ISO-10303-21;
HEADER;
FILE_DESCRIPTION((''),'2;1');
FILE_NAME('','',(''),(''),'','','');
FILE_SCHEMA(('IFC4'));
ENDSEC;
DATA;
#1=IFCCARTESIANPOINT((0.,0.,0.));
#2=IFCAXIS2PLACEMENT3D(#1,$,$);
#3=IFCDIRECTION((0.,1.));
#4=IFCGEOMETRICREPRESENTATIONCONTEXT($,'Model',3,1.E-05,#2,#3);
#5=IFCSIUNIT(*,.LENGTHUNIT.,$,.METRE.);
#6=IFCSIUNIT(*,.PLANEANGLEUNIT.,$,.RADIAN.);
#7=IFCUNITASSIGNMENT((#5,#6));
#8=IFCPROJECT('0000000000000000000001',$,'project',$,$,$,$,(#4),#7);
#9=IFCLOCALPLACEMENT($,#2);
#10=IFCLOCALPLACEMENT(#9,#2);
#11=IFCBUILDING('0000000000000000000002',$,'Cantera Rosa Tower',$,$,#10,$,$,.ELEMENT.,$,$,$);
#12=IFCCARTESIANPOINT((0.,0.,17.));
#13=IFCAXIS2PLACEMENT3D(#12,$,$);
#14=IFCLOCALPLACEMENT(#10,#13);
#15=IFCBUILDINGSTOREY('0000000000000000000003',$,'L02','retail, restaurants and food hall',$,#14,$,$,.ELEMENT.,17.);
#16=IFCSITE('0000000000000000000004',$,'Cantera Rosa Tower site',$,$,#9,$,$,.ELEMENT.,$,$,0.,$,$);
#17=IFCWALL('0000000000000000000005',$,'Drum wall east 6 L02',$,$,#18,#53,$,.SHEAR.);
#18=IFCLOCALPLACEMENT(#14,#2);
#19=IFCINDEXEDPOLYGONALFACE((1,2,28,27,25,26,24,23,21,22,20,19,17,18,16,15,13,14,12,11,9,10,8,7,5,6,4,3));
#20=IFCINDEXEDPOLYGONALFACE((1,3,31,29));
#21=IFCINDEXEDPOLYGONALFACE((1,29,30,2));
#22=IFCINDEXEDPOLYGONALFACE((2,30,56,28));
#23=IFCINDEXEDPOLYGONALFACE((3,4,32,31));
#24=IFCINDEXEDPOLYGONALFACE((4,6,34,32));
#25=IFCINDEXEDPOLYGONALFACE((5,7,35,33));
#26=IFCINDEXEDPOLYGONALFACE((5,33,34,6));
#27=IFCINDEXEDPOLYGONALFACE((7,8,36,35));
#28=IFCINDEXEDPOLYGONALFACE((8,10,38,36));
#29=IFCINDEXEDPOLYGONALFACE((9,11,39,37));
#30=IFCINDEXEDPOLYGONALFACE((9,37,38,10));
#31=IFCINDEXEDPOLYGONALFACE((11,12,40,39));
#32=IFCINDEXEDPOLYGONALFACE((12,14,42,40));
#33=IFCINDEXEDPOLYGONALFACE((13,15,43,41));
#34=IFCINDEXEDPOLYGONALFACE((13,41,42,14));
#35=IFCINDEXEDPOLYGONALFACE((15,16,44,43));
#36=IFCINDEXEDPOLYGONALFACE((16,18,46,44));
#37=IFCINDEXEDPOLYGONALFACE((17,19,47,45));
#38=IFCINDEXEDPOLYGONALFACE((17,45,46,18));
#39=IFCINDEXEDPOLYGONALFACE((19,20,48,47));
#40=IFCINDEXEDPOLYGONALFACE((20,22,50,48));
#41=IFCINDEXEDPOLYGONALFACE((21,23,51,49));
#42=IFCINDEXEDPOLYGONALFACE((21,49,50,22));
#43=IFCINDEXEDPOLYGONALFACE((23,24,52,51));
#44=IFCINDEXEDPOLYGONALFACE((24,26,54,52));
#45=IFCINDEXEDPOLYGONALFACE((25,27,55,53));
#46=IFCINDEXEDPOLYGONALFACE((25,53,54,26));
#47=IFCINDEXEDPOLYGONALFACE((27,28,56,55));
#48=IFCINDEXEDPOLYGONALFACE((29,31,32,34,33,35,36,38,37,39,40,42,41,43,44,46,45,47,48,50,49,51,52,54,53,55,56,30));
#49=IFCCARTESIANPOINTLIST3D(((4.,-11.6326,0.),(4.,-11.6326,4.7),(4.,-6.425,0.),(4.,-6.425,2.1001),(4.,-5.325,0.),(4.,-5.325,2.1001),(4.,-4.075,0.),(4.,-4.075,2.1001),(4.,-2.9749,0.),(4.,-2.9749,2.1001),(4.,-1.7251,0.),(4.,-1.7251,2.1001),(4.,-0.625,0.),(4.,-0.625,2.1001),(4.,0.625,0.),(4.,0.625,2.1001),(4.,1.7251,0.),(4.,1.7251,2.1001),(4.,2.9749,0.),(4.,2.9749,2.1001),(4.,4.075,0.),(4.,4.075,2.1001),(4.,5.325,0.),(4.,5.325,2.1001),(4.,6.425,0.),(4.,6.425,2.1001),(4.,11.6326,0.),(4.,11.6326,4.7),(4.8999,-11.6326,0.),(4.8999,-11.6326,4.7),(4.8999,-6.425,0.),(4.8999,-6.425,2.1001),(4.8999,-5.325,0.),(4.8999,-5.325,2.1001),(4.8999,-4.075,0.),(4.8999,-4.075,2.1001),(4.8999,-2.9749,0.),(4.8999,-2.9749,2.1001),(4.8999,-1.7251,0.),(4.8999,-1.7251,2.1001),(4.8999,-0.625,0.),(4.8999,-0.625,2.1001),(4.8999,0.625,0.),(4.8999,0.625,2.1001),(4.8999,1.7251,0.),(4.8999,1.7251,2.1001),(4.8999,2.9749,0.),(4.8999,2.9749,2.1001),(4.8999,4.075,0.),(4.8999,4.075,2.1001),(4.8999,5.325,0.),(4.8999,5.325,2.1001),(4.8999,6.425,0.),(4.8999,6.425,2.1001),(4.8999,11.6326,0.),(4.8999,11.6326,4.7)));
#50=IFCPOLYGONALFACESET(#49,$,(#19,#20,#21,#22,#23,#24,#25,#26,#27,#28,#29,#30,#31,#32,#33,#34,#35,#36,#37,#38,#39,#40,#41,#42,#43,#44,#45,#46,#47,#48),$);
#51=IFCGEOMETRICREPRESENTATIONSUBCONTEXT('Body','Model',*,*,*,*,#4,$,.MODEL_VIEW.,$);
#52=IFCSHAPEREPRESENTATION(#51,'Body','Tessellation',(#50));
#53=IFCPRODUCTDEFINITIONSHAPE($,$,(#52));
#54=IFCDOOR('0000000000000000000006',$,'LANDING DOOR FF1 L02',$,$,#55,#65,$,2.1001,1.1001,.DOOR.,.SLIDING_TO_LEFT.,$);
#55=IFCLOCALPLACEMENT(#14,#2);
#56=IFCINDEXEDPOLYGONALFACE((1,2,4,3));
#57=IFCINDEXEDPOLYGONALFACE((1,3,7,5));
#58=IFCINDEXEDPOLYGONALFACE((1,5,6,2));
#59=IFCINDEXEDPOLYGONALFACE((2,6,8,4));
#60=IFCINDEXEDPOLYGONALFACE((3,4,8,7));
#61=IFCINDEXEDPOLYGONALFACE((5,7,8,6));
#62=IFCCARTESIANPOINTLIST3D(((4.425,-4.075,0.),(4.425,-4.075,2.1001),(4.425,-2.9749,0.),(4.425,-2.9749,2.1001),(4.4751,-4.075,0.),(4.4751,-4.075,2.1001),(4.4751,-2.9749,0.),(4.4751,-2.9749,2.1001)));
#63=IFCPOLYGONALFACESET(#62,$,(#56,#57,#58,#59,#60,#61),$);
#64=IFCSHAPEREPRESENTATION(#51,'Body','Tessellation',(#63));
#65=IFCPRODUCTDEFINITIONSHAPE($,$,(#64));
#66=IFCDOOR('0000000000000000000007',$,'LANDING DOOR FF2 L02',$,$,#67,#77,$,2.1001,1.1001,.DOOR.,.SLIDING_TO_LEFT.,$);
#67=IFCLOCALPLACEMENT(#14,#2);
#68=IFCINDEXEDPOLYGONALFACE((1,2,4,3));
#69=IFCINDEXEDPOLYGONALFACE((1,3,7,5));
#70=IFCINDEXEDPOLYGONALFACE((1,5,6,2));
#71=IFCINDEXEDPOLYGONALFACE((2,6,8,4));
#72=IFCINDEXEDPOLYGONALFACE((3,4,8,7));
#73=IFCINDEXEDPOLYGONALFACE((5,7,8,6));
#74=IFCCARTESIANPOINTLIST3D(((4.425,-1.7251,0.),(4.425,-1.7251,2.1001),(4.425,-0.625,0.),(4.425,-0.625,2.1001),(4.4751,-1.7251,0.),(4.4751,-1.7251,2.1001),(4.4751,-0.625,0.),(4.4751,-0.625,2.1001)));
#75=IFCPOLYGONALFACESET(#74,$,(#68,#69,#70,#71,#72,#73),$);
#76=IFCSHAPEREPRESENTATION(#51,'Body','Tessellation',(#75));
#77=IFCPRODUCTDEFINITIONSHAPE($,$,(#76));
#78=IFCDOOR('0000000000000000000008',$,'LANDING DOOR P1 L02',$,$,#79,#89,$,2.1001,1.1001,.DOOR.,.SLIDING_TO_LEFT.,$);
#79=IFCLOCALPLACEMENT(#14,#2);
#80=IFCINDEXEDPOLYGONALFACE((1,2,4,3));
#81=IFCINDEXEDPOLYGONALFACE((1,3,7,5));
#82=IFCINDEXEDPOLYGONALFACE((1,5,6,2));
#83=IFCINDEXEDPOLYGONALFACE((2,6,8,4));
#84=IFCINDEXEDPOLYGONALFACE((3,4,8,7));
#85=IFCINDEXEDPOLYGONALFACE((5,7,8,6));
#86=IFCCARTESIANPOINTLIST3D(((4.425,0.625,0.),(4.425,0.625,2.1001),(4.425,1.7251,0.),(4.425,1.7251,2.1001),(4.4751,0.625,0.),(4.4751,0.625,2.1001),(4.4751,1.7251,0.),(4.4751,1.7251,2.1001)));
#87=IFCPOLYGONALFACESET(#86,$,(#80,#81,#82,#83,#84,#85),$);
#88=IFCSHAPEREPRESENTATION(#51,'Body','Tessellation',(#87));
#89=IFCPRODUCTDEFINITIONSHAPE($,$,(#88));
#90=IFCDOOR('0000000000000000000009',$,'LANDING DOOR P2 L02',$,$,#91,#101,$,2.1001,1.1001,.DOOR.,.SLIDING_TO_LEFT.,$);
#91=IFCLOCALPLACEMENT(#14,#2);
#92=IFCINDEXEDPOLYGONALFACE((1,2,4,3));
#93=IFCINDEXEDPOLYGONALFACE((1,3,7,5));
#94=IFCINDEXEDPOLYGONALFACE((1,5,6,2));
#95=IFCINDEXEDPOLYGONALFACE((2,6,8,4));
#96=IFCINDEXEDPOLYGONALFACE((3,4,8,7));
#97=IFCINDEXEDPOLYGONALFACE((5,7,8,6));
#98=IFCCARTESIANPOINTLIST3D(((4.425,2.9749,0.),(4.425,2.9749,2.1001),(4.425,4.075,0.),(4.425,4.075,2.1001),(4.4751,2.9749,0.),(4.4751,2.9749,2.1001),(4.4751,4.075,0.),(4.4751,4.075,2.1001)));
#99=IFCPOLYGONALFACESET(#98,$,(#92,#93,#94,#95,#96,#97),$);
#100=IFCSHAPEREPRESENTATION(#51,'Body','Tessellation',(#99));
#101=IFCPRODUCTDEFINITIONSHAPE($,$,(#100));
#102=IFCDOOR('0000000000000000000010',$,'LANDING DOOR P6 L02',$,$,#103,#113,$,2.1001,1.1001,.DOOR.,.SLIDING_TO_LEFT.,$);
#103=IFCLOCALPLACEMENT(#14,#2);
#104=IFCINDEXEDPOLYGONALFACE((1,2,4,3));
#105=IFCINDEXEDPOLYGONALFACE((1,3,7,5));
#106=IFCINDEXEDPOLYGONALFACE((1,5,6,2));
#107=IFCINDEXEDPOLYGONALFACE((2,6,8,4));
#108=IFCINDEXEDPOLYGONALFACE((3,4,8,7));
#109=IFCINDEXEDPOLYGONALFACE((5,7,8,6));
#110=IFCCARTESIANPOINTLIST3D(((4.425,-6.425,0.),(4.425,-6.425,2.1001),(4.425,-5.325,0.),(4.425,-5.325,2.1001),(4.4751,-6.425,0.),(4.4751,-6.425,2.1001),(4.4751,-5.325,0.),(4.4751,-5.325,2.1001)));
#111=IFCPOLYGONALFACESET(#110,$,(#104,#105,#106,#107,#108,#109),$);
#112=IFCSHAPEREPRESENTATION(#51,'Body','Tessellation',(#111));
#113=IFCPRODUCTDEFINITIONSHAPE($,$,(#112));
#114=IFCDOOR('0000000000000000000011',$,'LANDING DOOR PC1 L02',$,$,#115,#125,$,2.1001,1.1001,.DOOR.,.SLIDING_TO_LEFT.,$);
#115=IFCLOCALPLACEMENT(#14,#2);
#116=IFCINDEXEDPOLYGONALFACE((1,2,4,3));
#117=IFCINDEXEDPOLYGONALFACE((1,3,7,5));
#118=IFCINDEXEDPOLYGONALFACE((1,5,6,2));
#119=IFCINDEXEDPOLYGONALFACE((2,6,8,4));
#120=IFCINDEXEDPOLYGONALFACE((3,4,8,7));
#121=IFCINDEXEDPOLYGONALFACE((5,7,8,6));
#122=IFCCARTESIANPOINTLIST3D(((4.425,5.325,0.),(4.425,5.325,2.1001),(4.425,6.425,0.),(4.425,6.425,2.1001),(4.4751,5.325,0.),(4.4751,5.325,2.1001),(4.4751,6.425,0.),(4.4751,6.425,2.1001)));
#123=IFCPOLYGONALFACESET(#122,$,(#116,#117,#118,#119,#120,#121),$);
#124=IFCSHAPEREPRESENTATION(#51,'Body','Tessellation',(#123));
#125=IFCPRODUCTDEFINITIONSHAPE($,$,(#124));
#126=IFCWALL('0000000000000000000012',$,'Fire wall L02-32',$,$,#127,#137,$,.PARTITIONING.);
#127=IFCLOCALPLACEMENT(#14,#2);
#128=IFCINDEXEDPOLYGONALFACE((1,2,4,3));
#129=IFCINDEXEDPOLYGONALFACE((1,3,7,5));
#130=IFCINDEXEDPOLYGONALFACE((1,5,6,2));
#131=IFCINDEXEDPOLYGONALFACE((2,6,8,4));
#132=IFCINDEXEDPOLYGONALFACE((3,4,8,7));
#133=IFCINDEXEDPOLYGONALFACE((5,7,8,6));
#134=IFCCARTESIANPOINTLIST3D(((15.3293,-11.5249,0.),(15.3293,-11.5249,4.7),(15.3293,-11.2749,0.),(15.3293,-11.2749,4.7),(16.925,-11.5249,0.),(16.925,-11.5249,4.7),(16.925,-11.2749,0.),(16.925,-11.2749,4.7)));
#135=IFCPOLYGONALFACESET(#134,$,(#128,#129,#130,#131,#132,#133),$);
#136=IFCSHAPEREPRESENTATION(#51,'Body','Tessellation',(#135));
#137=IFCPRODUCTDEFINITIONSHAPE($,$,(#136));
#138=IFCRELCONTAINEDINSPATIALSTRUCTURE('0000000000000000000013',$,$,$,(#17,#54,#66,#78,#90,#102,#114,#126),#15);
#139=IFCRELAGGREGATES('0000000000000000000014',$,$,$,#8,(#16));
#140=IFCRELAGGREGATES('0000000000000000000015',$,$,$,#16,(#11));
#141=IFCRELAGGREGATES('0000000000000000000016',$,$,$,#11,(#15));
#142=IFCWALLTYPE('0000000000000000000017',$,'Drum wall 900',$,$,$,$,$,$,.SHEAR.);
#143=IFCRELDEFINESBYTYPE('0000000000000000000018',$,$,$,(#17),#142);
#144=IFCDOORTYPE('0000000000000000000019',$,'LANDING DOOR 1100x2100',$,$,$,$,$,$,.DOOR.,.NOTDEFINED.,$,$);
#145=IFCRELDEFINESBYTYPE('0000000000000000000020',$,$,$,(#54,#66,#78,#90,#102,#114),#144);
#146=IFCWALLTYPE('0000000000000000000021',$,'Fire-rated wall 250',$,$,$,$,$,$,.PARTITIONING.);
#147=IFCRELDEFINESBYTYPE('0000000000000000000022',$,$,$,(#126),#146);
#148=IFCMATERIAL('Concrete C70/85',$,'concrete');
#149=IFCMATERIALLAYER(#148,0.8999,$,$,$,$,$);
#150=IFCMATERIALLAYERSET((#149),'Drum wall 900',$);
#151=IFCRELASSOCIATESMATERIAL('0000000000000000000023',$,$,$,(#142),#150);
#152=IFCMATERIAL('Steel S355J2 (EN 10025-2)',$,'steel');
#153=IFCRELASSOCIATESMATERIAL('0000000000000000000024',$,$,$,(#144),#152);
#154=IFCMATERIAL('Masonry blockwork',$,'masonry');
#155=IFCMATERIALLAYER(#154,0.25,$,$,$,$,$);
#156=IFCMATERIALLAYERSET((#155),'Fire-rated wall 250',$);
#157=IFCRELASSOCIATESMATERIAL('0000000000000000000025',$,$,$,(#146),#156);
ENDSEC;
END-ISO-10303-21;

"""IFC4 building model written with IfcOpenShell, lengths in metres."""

from ifc_helpers import new_model, si_unit, direction, frame, frame_2d, origin, place, context, subcontext, project, spatial, rectangle, extrude, material, layer, layer_set, type_object, element, fill, save


model = new_model("IFC4")

# Units and contexts
model_context = context("Model", 3, precision=1e-05, world=origin(), true_north=direction((0.0, 1.0)))
body_context = subcontext(model_context, "Body", "Model", "MODEL_VIEW")
ifc_project = project(units=[si_unit("LENGTHUNIT", "METRE"), si_unit("PLANEANGLEUNIT", "RADIAN")], contexts=[model_context])

# Site, building, storey
site_placement = place(None, origin())
site = spatial("IfcSite", under=ifc_project, at=site_placement, Name="Cantera Rosa Tower site", CompositionType="ELEMENT", RefElevation=0.0)
building_placement = place(site_placement, origin())
building = spatial("IfcBuilding", under=site, at=building_placement, Name="Cantera Rosa Tower", CompositionType="ELEMENT")
storey_placement = place(building_placement, frame((0.0, 0.0, 17.0)))
storey = spatial("IfcBuildingStorey", under=building, at=storey_placement, Name="L02", Description="retail, restaurants and food hall", CompositionType="ELEMENT", Elevation=17.0)

# Wall, openings, doors
ifc_material_1 = material(Name="Concrete C70/85", Category="concrete")
ifc_layer_1 = layer(ifc_material_1, 0.8999)
ifc_layer_set_1 = layer_set([ifc_layer_1], Name="Drum wall 900")
wall_type_1 = type_object("IfcWallType", Name="Drum wall 900", PredefinedType="SHEAR", material=ifc_layer_set_1)
wall_1_placement = place(storey_placement, frame((4.45, -11.6326, 0.0), z_axis=(0.0, 0.0, 1.0), x_axis=(0.0, 1.0, 0.0)))
wall_1 = element("IfcWall", 1, at=wall_1_placement, inside=storey, type_object=wall_type_1, Name="Drum wall east 6 L02", PredefinedType="SHEAR", context=body_context, shape_type="SweptSolid", body=[
    extrude(rectangle(XDim=23.2651, YDim=0.8999, at=frame_2d((11.6326, 0.0))), origin(), (0.0, 0.0, 1.0), 4.7),
])
opening_1_placement = place(wall_1_placement, frame((7.5576, 0.0, 0.0)))
opening_1 = element("IfcOpeningElement", 2, at=opening_1_placement, cuts=wall_1, PredefinedType="OPENING", context=body_context, shape_type="SweptSolid", body=[
    extrude(rectangle(XDim=1.1001, YDim=2.1001, at=frame_2d((0.55, 1.05))), frame((0.0, 0.46, 0.0), z_axis=(0.0, -1.0, 0.0), x_axis=(1.0, 0.0, 0.0)), (0.0, 0.0, 1.0), 0.9199),
])
opening_2_placement = place(wall_1_placement, frame((9.9075, 0.0, 0.0)))
opening_2 = element("IfcOpeningElement", 3, at=opening_2_placement, cuts=wall_1, PredefinedType="OPENING", context=body_context, shape_type="SweptSolid", body=[
    extrude(rectangle(XDim=1.1001, YDim=2.1001, at=frame_2d((0.55, 1.05))), frame((0.0, 0.46, 0.0), z_axis=(0.0, -1.0, 0.0), x_axis=(1.0, 0.0, 0.0)), (0.0, 0.0, 1.0), 0.9199),
])
opening_3_placement = place(wall_1_placement, frame((12.2576, 0.0, 0.0)))
opening_3 = element("IfcOpeningElement", 4, at=opening_3_placement, cuts=wall_1, PredefinedType="OPENING", context=body_context, shape_type="SweptSolid", body=[
    extrude(rectangle(XDim=1.1001, YDim=2.1001, at=frame_2d((0.55, 1.05))), frame((0.0, 0.46, 0.0), z_axis=(0.0, -1.0, 0.0), x_axis=(1.0, 0.0, 0.0)), (0.0, 0.0, 1.0), 0.9199),
])
opening_4_placement = place(wall_1_placement, frame((14.6074, 0.0, 0.0)))
opening_4 = element("IfcOpeningElement", 5, at=opening_4_placement, cuts=wall_1, PredefinedType="OPENING", context=body_context, shape_type="SweptSolid", body=[
    extrude(rectangle(XDim=1.1001, YDim=2.1001, at=frame_2d((0.55, 1.05))), frame((0.0, 0.46, 0.0), z_axis=(0.0, -1.0, 0.0), x_axis=(1.0, 0.0, 0.0)), (0.0, 0.0, 1.0), 0.9199),
])
opening_5_placement = place(wall_1_placement, frame((5.2075, 0.0, 0.0)))
opening_5 = element("IfcOpeningElement", 6, at=opening_5_placement, cuts=wall_1, PredefinedType="OPENING", context=body_context, shape_type="SweptSolid", body=[
    extrude(rectangle(XDim=1.1001, YDim=2.1001, at=frame_2d((0.55, 1.05))), frame((0.0, 0.46, 0.0), z_axis=(0.0, -1.0, 0.0), x_axis=(1.0, 0.0, 0.0)), (0.0, 0.0, 1.0), 0.9199),
])
opening_6_placement = place(wall_1_placement, frame((16.9575, 0.0, 0.0)))
opening_6 = element("IfcOpeningElement", 7, at=opening_6_placement, cuts=wall_1, PredefinedType="OPENING", context=body_context, shape_type="SweptSolid", body=[
    extrude(rectangle(XDim=1.1001, YDim=2.1001, at=frame_2d((0.55, 1.05))), frame((0.0, 0.46, 0.0), z_axis=(0.0, -1.0, 0.0), x_axis=(1.0, 0.0, 0.0)), (0.0, 0.0, 1.0), 0.9199),
])
ifc_material_2 = material(Name="Steel S355J2 (EN 10025-2)", Category="steel")
door_type_1 = type_object("IfcDoorType", Name="LANDING DOOR 1100x2100", OperationType="NOTDEFINED", PredefinedType="DOOR", material=ifc_material_2)
door_1_placement = place(opening_1_placement, origin())
door_1 = element("IfcDoor", 8, at=door_1_placement, inside=storey, type_object=door_type_1, Name="LANDING DOOR FF1 L02", OperationType="SLIDING_TO_LEFT", OverallHeight=2.1001, OverallWidth=1.1001, PredefinedType="DOOR", context=body_context, shape_type="SweptSolid", body=[
    extrude(rectangle(XDim=1.1001, YDim=2.1001, at=frame_2d((0.55, 1.05))), frame((0.0, 0.0249, 0.0), z_axis=(0.0, -1.0, 0.0), x_axis=(1.0, 0.0, 0.0)), (0.0, 0.0, 1.0), 0.05),
])
fill(opening_1, door_1)
door_2_placement = place(opening_2_placement, origin())
door_2 = element("IfcDoor", 9, at=door_2_placement, inside=storey, type_object=door_type_1, Name="LANDING DOOR FF2 L02", OperationType="SLIDING_TO_LEFT", OverallHeight=2.1001, OverallWidth=1.1001, PredefinedType="DOOR", context=body_context, shape_type="SweptSolid", body=[
    extrude(rectangle(XDim=1.1001, YDim=2.1001, at=frame_2d((0.55, 1.05))), frame((0.0, 0.0249, 0.0), z_axis=(0.0, -1.0, 0.0), x_axis=(1.0, 0.0, 0.0)), (0.0, 0.0, 1.0), 0.05),
])
fill(opening_2, door_2)
door_3_placement = place(opening_3_placement, origin())
door_3 = element("IfcDoor", 10, at=door_3_placement, inside=storey, type_object=door_type_1, Name="LANDING DOOR P1 L02", OperationType="SLIDING_TO_LEFT", OverallHeight=2.1001, OverallWidth=1.1001, PredefinedType="DOOR", context=body_context, shape_type="SweptSolid", body=[
    extrude(rectangle(XDim=1.1001, YDim=2.1001, at=frame_2d((0.55, 1.05))), frame((0.0, 0.0249, 0.0), z_axis=(0.0, -1.0, 0.0), x_axis=(1.0, 0.0, 0.0)), (0.0, 0.0, 1.0), 0.05),
])
fill(opening_3, door_3)
door_4_placement = place(opening_4_placement, origin())
door_4 = element("IfcDoor", 11, at=door_4_placement, inside=storey, type_object=door_type_1, Name="LANDING DOOR P2 L02", OperationType="SLIDING_TO_LEFT", OverallHeight=2.1001, OverallWidth=1.1001, PredefinedType="DOOR", context=body_context, shape_type="SweptSolid", body=[
    extrude(rectangle(XDim=1.1001, YDim=2.1001, at=frame_2d((0.55, 1.05))), frame((0.0, 0.0249, 0.0), z_axis=(0.0, -1.0, 0.0), x_axis=(1.0, 0.0, 0.0)), (0.0, 0.0, 1.0), 0.05),
])
fill(opening_4, door_4)
door_5_placement = place(opening_5_placement, origin())
door_5 = element("IfcDoor", 12, at=door_5_placement, inside=storey, type_object=door_type_1, Name="LANDING DOOR P6 L02", OperationType="SLIDING_TO_LEFT", OverallHeight=2.1001, OverallWidth=1.1001, PredefinedType="DOOR", context=body_context, shape_type="SweptSolid", body=[
    extrude(rectangle(XDim=1.1001, YDim=2.1001, at=frame_2d((0.55, 1.05))), frame((0.0, 0.0249, 0.0), z_axis=(0.0, -1.0, 0.0), x_axis=(1.0, 0.0, 0.0)), (0.0, 0.0, 1.0), 0.05),
])
fill(opening_5, door_5)
door_6_placement = place(opening_6_placement, origin())
door_6 = element("IfcDoor", 13, at=door_6_placement, inside=storey, type_object=door_type_1, Name="LANDING DOOR PC1 L02", OperationType="SLIDING_TO_LEFT", OverallHeight=2.1001, OverallWidth=1.1001, PredefinedType="DOOR", context=body_context, shape_type="SweptSolid", body=[
    extrude(rectangle(XDim=1.1001, YDim=2.1001, at=frame_2d((0.55, 1.05))), frame((0.0, 0.0249, 0.0), z_axis=(0.0, -1.0, 0.0), x_axis=(1.0, 0.0, 0.0)), (0.0, 0.0, 1.0), 0.05),
])
fill(opening_6, door_6)

# Wall
ifc_material_3 = material(Name="Masonry blockwork", Category="masonry")
ifc_layer_2 = layer(ifc_material_3, 0.25)
ifc_layer_set_2 = layer_set([ifc_layer_2], Name="Fire-rated wall 250")
wall_type_2 = type_object("IfcWallType", Name="Fire-rated wall 250", PredefinedType="PARTITIONING", material=ifc_layer_set_2)
wall_2_placement = place(storey_placement, frame((15.3293, -11.3999, 0.0), z_axis=(0.0, 0.0, 1.0), x_axis=(1.0, 0.0, 0.0)))
element("IfcWall", 14, at=wall_2_placement, inside=storey, type_object=wall_type_2, Name="Fire wall L02-32", PredefinedType="PARTITIONING", context=body_context, shape_type="SweptSolid", body=[
    extrude(rectangle(XDim=1.5957, YDim=0.25, at=frame_2d((0.7979, 0.0))), origin(), (0.0, 0.0, 1.0), 4.7),
])

save(model, "model.ifc")
